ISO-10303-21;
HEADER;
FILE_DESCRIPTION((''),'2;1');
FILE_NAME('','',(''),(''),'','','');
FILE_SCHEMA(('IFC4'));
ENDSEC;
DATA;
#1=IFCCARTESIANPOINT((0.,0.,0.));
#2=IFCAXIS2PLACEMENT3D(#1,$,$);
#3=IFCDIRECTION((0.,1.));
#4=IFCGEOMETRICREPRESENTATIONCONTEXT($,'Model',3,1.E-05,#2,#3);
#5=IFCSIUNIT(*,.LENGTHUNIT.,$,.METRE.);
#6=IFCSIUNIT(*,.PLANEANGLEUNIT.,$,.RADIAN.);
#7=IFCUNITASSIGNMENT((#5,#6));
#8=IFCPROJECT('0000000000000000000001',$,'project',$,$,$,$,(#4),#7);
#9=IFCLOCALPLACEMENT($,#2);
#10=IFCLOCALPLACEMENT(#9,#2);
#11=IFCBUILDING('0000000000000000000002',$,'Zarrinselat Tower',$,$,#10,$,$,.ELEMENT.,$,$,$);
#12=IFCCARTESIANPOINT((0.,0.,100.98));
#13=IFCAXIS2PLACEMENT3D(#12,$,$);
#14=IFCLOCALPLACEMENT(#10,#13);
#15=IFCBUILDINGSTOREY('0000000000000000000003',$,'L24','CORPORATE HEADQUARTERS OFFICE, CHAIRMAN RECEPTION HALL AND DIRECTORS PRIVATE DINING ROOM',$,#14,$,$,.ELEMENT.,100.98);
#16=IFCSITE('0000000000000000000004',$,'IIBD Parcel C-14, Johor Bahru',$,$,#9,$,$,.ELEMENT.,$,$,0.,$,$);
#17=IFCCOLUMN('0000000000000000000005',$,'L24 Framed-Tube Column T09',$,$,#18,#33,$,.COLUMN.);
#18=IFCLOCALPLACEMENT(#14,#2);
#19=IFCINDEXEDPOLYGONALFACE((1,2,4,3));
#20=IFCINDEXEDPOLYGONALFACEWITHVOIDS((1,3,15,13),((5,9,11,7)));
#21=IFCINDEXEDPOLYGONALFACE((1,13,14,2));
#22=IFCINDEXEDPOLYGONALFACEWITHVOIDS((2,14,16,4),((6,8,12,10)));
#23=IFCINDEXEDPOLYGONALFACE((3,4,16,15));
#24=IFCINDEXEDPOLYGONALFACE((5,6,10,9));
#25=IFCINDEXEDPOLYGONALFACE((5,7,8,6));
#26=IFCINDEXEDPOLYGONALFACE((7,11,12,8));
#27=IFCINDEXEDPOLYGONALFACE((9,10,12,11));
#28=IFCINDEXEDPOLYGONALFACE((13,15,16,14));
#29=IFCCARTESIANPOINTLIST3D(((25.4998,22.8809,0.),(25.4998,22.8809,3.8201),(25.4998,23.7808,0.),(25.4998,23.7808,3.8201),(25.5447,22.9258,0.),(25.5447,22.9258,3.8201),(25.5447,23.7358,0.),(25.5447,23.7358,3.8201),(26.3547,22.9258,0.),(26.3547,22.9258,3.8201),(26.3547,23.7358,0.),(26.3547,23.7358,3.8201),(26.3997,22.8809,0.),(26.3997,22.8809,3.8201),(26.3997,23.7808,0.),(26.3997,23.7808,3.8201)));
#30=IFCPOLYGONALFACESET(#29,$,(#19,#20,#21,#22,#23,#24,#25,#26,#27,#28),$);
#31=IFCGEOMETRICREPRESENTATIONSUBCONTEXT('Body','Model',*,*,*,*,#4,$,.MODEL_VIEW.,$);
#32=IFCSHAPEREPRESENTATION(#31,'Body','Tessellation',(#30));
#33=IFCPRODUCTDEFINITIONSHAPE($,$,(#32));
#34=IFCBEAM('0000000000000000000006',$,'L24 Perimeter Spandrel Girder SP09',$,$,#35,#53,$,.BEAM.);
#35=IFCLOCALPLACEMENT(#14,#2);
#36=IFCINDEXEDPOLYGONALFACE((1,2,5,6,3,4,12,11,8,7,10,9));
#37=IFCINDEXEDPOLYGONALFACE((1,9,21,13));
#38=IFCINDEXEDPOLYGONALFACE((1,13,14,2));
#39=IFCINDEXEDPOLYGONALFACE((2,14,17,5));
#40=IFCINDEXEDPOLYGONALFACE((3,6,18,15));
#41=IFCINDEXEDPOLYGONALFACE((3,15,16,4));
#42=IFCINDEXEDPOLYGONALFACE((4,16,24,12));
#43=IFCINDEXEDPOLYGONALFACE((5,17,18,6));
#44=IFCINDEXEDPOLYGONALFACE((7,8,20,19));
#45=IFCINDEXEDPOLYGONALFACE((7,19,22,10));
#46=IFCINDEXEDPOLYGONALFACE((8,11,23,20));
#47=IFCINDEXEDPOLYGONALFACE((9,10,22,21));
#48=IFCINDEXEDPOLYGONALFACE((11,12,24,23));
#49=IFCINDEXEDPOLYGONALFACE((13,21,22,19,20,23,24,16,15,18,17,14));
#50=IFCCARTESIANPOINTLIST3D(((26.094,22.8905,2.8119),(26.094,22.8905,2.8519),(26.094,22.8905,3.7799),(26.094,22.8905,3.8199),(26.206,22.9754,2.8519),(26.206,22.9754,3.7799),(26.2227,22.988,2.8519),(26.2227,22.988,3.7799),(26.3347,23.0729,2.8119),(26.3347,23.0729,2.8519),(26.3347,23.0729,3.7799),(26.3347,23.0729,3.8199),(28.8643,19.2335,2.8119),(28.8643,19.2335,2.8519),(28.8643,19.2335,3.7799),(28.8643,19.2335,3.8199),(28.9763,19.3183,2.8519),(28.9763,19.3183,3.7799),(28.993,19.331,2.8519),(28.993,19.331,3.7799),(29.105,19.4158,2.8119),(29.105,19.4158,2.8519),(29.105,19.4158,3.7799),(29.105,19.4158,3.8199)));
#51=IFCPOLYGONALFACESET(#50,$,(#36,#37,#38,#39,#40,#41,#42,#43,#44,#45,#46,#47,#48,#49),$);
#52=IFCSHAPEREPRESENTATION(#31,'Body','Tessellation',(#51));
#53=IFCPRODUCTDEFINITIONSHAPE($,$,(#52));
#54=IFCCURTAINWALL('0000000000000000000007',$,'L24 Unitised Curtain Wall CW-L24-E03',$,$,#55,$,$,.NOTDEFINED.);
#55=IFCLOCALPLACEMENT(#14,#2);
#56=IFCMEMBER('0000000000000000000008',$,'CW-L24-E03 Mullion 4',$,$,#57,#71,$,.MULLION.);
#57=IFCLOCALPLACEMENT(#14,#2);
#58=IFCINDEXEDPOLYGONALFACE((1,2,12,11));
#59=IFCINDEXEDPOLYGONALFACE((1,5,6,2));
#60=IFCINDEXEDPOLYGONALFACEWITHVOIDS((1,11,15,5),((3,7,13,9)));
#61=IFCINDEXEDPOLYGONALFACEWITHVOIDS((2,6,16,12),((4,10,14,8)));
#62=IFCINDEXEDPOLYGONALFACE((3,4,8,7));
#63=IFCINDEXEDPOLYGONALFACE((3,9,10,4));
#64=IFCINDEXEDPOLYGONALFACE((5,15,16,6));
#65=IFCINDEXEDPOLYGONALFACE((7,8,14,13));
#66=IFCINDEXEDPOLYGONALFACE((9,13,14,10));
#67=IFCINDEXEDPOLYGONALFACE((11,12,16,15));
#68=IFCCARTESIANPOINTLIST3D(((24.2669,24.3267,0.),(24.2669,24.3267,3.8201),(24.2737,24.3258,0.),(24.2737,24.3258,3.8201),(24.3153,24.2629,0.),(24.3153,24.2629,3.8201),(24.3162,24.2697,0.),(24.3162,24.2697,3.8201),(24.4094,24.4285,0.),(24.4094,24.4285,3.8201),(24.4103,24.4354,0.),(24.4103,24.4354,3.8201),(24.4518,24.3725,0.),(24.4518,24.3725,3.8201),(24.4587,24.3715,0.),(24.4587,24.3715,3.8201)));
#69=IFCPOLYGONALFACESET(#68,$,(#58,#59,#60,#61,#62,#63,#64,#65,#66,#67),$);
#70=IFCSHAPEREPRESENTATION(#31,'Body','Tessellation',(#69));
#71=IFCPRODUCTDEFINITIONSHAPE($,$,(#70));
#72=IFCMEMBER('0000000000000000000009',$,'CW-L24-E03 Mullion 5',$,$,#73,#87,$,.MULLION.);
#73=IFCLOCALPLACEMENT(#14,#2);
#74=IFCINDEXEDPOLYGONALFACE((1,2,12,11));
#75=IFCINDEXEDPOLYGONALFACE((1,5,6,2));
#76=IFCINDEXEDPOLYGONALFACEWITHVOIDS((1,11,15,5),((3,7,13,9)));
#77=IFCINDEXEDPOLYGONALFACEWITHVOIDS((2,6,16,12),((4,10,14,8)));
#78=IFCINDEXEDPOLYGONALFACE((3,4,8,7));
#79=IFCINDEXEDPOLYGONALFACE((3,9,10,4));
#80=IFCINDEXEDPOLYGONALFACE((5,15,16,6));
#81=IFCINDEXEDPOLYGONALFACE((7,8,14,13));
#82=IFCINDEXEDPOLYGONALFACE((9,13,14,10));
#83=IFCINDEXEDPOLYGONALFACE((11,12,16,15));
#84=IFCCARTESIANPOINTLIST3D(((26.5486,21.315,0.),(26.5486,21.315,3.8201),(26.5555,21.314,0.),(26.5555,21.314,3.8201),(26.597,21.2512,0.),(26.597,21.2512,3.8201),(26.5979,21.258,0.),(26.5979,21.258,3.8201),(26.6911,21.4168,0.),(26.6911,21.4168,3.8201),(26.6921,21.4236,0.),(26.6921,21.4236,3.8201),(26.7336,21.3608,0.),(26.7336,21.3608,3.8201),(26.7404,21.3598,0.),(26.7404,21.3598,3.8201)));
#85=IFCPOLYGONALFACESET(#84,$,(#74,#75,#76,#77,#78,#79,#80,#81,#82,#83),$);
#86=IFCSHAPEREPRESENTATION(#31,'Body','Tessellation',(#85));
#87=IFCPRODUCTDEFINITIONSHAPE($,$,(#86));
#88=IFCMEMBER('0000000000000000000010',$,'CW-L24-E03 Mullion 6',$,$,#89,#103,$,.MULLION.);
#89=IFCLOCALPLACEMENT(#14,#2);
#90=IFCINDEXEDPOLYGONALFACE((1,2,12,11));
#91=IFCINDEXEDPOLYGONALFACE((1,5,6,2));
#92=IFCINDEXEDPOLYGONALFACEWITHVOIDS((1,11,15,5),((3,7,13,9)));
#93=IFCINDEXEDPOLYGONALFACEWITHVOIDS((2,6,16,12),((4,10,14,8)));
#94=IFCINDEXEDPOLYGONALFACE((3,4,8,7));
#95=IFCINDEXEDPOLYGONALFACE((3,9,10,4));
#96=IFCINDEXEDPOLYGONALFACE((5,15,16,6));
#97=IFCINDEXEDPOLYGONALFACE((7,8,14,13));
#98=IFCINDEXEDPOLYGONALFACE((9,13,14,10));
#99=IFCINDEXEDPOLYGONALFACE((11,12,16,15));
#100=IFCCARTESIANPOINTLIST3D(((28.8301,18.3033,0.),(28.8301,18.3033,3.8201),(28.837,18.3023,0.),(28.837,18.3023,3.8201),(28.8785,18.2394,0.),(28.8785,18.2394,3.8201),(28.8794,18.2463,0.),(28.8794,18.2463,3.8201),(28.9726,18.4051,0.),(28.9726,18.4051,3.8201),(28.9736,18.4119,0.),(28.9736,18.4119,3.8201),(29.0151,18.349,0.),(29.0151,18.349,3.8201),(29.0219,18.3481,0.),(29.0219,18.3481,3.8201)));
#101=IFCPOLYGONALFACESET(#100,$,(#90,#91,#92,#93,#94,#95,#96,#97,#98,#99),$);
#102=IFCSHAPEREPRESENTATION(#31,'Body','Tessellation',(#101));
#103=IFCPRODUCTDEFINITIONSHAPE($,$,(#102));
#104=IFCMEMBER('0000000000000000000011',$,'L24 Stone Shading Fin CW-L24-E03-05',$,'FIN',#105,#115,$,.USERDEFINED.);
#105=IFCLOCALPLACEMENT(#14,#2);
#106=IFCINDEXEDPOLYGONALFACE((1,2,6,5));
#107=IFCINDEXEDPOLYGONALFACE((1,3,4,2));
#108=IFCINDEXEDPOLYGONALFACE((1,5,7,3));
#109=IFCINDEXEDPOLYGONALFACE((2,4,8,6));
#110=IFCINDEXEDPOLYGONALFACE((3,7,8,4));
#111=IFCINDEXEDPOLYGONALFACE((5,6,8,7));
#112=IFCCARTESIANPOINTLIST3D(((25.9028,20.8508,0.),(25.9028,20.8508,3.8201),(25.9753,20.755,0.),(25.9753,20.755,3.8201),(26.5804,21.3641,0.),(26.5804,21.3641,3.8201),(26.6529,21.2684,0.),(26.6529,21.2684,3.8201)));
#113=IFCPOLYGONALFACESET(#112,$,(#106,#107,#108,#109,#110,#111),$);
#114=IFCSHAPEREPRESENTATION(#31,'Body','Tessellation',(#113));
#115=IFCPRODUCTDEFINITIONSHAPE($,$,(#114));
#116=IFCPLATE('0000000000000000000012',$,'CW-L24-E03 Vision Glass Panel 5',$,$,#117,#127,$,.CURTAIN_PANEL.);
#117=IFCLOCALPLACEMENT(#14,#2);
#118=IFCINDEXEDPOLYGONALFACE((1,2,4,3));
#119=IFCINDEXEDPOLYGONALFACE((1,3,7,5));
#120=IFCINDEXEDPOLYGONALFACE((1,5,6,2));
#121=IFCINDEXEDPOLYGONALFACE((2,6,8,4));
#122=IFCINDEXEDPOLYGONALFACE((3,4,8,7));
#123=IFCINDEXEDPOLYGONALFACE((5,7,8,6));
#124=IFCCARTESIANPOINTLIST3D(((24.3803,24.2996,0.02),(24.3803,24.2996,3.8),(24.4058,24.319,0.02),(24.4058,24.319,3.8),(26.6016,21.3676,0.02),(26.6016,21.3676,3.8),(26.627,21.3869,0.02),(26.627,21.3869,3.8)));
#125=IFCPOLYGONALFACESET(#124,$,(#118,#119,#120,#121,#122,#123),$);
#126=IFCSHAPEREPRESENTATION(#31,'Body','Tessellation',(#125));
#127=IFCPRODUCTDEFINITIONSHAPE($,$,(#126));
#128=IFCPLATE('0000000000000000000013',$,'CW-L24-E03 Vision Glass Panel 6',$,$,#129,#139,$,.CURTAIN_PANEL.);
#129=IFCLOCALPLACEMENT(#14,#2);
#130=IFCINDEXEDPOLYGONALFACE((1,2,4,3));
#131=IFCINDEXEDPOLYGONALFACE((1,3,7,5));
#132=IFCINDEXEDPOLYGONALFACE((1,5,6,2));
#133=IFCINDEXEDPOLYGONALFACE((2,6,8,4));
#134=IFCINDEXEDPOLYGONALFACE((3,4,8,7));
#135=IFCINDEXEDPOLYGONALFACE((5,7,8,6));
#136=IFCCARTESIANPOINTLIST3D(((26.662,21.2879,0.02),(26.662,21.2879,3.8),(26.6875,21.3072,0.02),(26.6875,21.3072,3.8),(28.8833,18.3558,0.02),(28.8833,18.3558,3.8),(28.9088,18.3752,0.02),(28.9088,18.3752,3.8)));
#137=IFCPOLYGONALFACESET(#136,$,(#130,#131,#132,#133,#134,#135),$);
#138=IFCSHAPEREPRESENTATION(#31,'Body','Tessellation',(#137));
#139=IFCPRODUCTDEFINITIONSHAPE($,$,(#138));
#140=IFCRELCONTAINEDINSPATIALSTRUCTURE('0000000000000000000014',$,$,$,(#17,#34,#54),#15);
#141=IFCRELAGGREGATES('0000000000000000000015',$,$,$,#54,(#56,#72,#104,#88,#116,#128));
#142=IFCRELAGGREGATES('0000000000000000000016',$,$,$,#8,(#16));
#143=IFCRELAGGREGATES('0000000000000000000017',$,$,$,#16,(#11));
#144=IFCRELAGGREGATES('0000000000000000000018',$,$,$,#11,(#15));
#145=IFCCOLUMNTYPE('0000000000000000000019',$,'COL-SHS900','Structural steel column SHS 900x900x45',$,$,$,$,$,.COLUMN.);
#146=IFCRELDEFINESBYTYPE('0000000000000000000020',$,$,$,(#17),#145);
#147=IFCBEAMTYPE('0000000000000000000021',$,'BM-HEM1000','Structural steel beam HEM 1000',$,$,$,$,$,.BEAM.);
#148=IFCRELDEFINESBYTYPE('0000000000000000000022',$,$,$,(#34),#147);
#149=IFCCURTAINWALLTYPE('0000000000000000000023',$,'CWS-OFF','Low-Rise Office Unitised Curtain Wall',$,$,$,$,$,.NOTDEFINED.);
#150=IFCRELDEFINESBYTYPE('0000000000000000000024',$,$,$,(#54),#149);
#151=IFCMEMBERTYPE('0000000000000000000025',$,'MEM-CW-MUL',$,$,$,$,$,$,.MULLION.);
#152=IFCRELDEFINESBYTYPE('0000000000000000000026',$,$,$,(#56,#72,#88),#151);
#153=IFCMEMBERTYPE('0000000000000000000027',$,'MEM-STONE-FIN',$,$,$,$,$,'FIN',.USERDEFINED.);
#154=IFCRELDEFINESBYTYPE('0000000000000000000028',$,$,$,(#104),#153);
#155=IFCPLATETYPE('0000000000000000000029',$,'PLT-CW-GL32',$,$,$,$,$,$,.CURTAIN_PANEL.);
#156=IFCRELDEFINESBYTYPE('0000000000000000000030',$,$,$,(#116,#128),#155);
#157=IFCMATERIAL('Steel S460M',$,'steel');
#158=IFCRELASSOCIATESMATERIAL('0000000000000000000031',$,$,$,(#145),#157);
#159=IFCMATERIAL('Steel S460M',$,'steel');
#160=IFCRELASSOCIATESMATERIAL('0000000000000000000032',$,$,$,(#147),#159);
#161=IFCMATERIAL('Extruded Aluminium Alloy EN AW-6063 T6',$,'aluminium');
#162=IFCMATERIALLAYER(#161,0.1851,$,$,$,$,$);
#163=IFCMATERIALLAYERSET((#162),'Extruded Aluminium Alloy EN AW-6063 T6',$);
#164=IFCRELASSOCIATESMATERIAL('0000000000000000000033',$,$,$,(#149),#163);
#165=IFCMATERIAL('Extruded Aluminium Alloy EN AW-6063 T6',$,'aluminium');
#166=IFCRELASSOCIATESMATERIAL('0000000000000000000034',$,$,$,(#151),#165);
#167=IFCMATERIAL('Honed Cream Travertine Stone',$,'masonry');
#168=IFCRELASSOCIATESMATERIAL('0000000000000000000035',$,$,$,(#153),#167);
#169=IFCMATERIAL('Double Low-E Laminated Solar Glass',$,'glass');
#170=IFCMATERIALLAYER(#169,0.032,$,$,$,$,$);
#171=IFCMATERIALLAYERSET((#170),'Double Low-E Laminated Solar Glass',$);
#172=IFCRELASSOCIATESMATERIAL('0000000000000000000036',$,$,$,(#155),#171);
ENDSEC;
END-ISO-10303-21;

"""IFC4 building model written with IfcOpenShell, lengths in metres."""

from ifc_helpers import new_model, si_unit, direction, frame, origin, origin_2d, place, context, subcontext, project, spatial, rectangle, hollow_rectangle, i_section, extrude, material, layer, layer_set, material_profile, profile_set, type_object, element, aggregate, save


model = new_model("IFC4")

# Units and contexts
model_context = context("Model", 3, precision=1e-05, world=origin(), true_north=direction((0.0, 1.0)))
body_context = subcontext(model_context, "Body", "Model", "MODEL_VIEW")
ifc_project = project(units=[si_unit("LENGTHUNIT", "METRE"), si_unit("PLANEANGLEUNIT", "RADIAN")], contexts=[model_context])

# Site, building, storey
site_placement = place(None, origin())
site = spatial("IfcSite", under=ifc_project, at=site_placement, Name="IIBD Parcel C-14, Johor Bahru", CompositionType="ELEMENT", RefElevation=0.0)
building_placement = place(site_placement, origin())
building = spatial("IfcBuilding", under=site, at=building_placement, Name="Zarrinselat Tower", CompositionType="ELEMENT")
storey_placement = place(building_placement, frame((0.0, 0.0, 100.98)))
storey = spatial("IfcBuildingStorey", under=building, at=storey_placement, Name="L24", Description="CORPORATE HEADQUARTERS OFFICE, CHAIRMAN RECEPTION HALL AND DIRECTORS PRIVATE DINING ROOM", CompositionType="ELEMENT", Elevation=100.98)

# Column
ifc_material_1 = material(Name="Steel S460M", Category="steel")
ifc_material_profile_1 = material_profile(ifc_material_1, hollow_rectangle(XDim=0.8999, YDim=0.8999, WallThickness=0.0449, at=origin_2d()), Name="SHS 900x900x45")
ifc_profile_set_1 = profile_set([ifc_material_profile_1], Name="Steel S460M")
column_type = type_object("IfcColumnType", Name="COL-SHS900", Description="Structural steel column SHS 900x900x45", PredefinedType="COLUMN", material=ifc_profile_set_1)
column_placement = place(storey_placement, frame((25.9497, 23.3308, 0.0), z_axis=(0.0, 0.0, 1.0), x_axis=(1.0, 0.0, 0.0)))
element("IfcColumn", 1, at=column_placement, inside=storey, type_object=column_type, Name="L24 Framed-Tube Column T09", PredefinedType="COLUMN", context=body_context, shape_type="SweptSolid", body=[
    extrude(hollow_rectangle(XDim=0.8999, YDim=0.8999, WallThickness=0.0449, at=origin_2d()), origin(), (0.0, 0.0, 1.0), 3.8201),
])

# Beam
ifc_material_2 = material(Name="Steel S460M", Category="steel")
ifc_material_profile_2 = material_profile(ifc_material_2, i_section(OverallWidth=0.302, OverallDepth=1.0081, WebThickness=0.021, FlangeThickness=0.04, at=origin_2d()), Name="HEM 1000")
ifc_profile_set_2 = profile_set([ifc_material_profile_2], Name="Steel S460M")
beam_type = type_object("IfcBeamType", Name="BM-HEM1000", Description="Structural steel beam HEM 1000", PredefinedType="BEAM", material=ifc_profile_set_2)
beam_placement = place(storey_placement, frame((26.2144, 22.9817, 3.3159), z_axis=(0.603833, -0.797111, 0.0), x_axis=(0.797111, 0.603833, 0.0)))
element("IfcBeam", 2, at=beam_placement, inside=storey, type_object=beam_type, Name="L24 Perimeter Spandrel Girder SP09", PredefinedType="BEAM", context=body_context, shape_type="SweptSolid", body=[
    extrude(i_section(OverallWidth=0.302, OverallDepth=1.0081, WebThickness=0.021, FlangeThickness=0.04, at=origin_2d()), origin(), (0.0, 0.0, 1.0), 4.5879),
])

# Curtain wall, members, plates
ifc_material_3 = material(Name="Extruded Aluminium Alloy EN AW-6063 T6", Category="aluminium")
ifc_layer_1 = layer(ifc_material_3, 0.1851)
ifc_layer_set_1 = layer_set([ifc_layer_1], Name="Extruded Aluminium Alloy EN AW-6063 T6")
curtain_wall_type = type_object("IfcCurtainWallType", Name="CWS-OFF", Description="Low-Rise Office Unitised Curtain Wall", PredefinedType="NOTDEFINED", material=ifc_layer_set_1)
curtain_wall_placement = place(storey_placement, origin())
curtain_wall = element("IfcCurtainWall", 3, at=curtain_wall_placement, inside=storey, type_object=curtain_wall_type, Name="L24 Unitised Curtain Wall CW-L24-E03", PredefinedType="NOTDEFINED")
ifc_material_4 = material(Name="Extruded Aluminium Alloy EN AW-6063 T6", Category="aluminium")
ifc_material_profile_3 = material_profile(ifc_material_4, hollow_rectangle(XDim=0.0801, YDim=0.1799, WallThickness=0.0049, at=origin_2d()), Name="RHS 180x80x5")
ifc_profile_set_3 = profile_set([ifc_material_profile_3], Name="Extruded Aluminium Alloy EN AW-6063 T6")
member_type_1 = type_object("IfcMemberType", Name="MEM-CW-MUL", PredefinedType="MULLION", material=ifc_profile_set_3)
member_1_placement = place(storey_placement, frame((24.3628, 24.3491, 0.0), z_axis=(0.0, 0.0, 1.0), x_axis=(0.603858, -0.797092, 0.0)))
member_1 = element("IfcMember", 4, at=member_1_placement, type_object=member_type_1, Name="CW-L24-E03 Mullion 4", PredefinedType="MULLION", context=body_context, shape_type="SweptSolid", body=[
    extrude(hollow_rectangle(XDim=0.0801, YDim=0.1799, WallThickness=0.0049, at=origin_2d()), origin(), (0.0, 0.0, 1.0), 3.8201),
])
member_2_placement = place(storey_placement, frame((26.6445, 21.3374, 0.0), z_axis=(0.0, 0.0, 1.0), x_axis=(0.603858, -0.797092, 0.0)))
member_2 = element("IfcMember", 5, at=member_2_placement, type_object=member_type_1, Name="CW-L24-E03 Mullion 5", PredefinedType="MULLION", context=body_context, shape_type="SweptSolid", body=[
    extrude(hollow_rectangle(XDim=0.0801, YDim=0.1799, WallThickness=0.0049, at=origin_2d()), origin(), (0.0, 0.0, 1.0), 3.8201),
])
member_3_placement = place(storey_placement, frame((28.926, 18.3257, 0.0), z_axis=(0.0, 0.0, 1.0), x_axis=(0.603858, -0.797092, 0.0)))
member_3 = element("IfcMember", 6, at=member_3_placement, type_object=member_type_1, Name="CW-L24-E03 Mullion 6", PredefinedType="MULLION", context=body_context, shape_type="SweptSolid", body=[
    extrude(hollow_rectangle(XDim=0.0801, YDim=0.1799, WallThickness=0.0049, at=origin_2d()), origin(), (0.0, 0.0, 1.0), 3.8201),
])
ifc_material_5 = material(Name="Honed Cream Travertine Stone", Category="masonry")
ifc_material_profile_4 = material_profile(ifc_material_5, rectangle(XDim=0.1201, YDim=0.8501, at=origin_2d()), Name="FIN 850x120")
ifc_profile_set_4 = profile_set([ifc_material_profile_4], Name="Honed Cream Travertine Stone")
member_type_2 = type_object("IfcMemberType", Name="MEM-STONE-FIN", ElementType="FIN", PredefinedType="USERDEFINED", material=ifc_profile_set_4)
member_4_placement = place(storey_placement, frame((26.2778, 21.0596, 0.0), z_axis=(0.0, 0.0, 1.0), x_axis=(-0.603858, 0.797092, 0.0)))
member_4 = element("IfcMember", 7, at=member_4_placement, type_object=member_type_2, Name="L24 Stone Shading Fin CW-L24-E03-05", ObjectType="FIN", PredefinedType="USERDEFINED", context=body_context, shape_type="SweptSolid", body=[
    extrude(rectangle(XDim=0.1201, YDim=0.8501, at=origin_2d()), origin(), (0.0, 0.0, 1.0), 3.8201),
])
ifc_material_6 = material(Name="Double Low-E Laminated Solar Glass", Category="glass")
ifc_layer_2 = layer(ifc_material_6, 0.032)
ifc_layer_set_2 = layer_set([ifc_layer_2], Name="Double Low-E Laminated Solar Glass")
plate_type = type_object("IfcPlateType", Name="PLT-CW-GL32", PredefinedType="CURTAIN_PANEL", material=ifc_layer_set_2)
plate_1_placement = place(storey_placement, frame((25.5037, 22.8433, 0.02), z_axis=(0.0, 0.0, 1.0), x_axis=(0.603858, -0.797092, 0.0)))
plate_1 = element("IfcPlate", 8, at=plate_1_placement, type_object=plate_type, Name="CW-L24-E03 Vision Glass Panel 5", PredefinedType="CURTAIN_PANEL", context=body_context, shape_type="SweptSolid", body=[
    extrude(rectangle(XDim=3.6785, YDim=0.032, at=origin_2d()), origin(), (0.0, 0.0, 1.0), 3.78),
])
plate_2_placement = place(storey_placement, frame((27.7854, 19.8315, 0.02), z_axis=(0.0, 0.0, 1.0), x_axis=(0.603858, -0.797092, 0.0)))
plate_2 = element("IfcPlate", 9, at=plate_2_placement, type_object=plate_type, Name="CW-L24-E03 Vision Glass Panel 6", PredefinedType="CURTAIN_PANEL", context=body_context, shape_type="SweptSolid", body=[
    extrude(rectangle(XDim=3.6785, YDim=0.032, at=origin_2d()), origin(), (0.0, 0.0, 1.0), 3.78),
])
aggregate(curtain_wall, [member_1, member_2, member_4, member_3, plate_1, plate_2])

save(model, "model.ifc")
